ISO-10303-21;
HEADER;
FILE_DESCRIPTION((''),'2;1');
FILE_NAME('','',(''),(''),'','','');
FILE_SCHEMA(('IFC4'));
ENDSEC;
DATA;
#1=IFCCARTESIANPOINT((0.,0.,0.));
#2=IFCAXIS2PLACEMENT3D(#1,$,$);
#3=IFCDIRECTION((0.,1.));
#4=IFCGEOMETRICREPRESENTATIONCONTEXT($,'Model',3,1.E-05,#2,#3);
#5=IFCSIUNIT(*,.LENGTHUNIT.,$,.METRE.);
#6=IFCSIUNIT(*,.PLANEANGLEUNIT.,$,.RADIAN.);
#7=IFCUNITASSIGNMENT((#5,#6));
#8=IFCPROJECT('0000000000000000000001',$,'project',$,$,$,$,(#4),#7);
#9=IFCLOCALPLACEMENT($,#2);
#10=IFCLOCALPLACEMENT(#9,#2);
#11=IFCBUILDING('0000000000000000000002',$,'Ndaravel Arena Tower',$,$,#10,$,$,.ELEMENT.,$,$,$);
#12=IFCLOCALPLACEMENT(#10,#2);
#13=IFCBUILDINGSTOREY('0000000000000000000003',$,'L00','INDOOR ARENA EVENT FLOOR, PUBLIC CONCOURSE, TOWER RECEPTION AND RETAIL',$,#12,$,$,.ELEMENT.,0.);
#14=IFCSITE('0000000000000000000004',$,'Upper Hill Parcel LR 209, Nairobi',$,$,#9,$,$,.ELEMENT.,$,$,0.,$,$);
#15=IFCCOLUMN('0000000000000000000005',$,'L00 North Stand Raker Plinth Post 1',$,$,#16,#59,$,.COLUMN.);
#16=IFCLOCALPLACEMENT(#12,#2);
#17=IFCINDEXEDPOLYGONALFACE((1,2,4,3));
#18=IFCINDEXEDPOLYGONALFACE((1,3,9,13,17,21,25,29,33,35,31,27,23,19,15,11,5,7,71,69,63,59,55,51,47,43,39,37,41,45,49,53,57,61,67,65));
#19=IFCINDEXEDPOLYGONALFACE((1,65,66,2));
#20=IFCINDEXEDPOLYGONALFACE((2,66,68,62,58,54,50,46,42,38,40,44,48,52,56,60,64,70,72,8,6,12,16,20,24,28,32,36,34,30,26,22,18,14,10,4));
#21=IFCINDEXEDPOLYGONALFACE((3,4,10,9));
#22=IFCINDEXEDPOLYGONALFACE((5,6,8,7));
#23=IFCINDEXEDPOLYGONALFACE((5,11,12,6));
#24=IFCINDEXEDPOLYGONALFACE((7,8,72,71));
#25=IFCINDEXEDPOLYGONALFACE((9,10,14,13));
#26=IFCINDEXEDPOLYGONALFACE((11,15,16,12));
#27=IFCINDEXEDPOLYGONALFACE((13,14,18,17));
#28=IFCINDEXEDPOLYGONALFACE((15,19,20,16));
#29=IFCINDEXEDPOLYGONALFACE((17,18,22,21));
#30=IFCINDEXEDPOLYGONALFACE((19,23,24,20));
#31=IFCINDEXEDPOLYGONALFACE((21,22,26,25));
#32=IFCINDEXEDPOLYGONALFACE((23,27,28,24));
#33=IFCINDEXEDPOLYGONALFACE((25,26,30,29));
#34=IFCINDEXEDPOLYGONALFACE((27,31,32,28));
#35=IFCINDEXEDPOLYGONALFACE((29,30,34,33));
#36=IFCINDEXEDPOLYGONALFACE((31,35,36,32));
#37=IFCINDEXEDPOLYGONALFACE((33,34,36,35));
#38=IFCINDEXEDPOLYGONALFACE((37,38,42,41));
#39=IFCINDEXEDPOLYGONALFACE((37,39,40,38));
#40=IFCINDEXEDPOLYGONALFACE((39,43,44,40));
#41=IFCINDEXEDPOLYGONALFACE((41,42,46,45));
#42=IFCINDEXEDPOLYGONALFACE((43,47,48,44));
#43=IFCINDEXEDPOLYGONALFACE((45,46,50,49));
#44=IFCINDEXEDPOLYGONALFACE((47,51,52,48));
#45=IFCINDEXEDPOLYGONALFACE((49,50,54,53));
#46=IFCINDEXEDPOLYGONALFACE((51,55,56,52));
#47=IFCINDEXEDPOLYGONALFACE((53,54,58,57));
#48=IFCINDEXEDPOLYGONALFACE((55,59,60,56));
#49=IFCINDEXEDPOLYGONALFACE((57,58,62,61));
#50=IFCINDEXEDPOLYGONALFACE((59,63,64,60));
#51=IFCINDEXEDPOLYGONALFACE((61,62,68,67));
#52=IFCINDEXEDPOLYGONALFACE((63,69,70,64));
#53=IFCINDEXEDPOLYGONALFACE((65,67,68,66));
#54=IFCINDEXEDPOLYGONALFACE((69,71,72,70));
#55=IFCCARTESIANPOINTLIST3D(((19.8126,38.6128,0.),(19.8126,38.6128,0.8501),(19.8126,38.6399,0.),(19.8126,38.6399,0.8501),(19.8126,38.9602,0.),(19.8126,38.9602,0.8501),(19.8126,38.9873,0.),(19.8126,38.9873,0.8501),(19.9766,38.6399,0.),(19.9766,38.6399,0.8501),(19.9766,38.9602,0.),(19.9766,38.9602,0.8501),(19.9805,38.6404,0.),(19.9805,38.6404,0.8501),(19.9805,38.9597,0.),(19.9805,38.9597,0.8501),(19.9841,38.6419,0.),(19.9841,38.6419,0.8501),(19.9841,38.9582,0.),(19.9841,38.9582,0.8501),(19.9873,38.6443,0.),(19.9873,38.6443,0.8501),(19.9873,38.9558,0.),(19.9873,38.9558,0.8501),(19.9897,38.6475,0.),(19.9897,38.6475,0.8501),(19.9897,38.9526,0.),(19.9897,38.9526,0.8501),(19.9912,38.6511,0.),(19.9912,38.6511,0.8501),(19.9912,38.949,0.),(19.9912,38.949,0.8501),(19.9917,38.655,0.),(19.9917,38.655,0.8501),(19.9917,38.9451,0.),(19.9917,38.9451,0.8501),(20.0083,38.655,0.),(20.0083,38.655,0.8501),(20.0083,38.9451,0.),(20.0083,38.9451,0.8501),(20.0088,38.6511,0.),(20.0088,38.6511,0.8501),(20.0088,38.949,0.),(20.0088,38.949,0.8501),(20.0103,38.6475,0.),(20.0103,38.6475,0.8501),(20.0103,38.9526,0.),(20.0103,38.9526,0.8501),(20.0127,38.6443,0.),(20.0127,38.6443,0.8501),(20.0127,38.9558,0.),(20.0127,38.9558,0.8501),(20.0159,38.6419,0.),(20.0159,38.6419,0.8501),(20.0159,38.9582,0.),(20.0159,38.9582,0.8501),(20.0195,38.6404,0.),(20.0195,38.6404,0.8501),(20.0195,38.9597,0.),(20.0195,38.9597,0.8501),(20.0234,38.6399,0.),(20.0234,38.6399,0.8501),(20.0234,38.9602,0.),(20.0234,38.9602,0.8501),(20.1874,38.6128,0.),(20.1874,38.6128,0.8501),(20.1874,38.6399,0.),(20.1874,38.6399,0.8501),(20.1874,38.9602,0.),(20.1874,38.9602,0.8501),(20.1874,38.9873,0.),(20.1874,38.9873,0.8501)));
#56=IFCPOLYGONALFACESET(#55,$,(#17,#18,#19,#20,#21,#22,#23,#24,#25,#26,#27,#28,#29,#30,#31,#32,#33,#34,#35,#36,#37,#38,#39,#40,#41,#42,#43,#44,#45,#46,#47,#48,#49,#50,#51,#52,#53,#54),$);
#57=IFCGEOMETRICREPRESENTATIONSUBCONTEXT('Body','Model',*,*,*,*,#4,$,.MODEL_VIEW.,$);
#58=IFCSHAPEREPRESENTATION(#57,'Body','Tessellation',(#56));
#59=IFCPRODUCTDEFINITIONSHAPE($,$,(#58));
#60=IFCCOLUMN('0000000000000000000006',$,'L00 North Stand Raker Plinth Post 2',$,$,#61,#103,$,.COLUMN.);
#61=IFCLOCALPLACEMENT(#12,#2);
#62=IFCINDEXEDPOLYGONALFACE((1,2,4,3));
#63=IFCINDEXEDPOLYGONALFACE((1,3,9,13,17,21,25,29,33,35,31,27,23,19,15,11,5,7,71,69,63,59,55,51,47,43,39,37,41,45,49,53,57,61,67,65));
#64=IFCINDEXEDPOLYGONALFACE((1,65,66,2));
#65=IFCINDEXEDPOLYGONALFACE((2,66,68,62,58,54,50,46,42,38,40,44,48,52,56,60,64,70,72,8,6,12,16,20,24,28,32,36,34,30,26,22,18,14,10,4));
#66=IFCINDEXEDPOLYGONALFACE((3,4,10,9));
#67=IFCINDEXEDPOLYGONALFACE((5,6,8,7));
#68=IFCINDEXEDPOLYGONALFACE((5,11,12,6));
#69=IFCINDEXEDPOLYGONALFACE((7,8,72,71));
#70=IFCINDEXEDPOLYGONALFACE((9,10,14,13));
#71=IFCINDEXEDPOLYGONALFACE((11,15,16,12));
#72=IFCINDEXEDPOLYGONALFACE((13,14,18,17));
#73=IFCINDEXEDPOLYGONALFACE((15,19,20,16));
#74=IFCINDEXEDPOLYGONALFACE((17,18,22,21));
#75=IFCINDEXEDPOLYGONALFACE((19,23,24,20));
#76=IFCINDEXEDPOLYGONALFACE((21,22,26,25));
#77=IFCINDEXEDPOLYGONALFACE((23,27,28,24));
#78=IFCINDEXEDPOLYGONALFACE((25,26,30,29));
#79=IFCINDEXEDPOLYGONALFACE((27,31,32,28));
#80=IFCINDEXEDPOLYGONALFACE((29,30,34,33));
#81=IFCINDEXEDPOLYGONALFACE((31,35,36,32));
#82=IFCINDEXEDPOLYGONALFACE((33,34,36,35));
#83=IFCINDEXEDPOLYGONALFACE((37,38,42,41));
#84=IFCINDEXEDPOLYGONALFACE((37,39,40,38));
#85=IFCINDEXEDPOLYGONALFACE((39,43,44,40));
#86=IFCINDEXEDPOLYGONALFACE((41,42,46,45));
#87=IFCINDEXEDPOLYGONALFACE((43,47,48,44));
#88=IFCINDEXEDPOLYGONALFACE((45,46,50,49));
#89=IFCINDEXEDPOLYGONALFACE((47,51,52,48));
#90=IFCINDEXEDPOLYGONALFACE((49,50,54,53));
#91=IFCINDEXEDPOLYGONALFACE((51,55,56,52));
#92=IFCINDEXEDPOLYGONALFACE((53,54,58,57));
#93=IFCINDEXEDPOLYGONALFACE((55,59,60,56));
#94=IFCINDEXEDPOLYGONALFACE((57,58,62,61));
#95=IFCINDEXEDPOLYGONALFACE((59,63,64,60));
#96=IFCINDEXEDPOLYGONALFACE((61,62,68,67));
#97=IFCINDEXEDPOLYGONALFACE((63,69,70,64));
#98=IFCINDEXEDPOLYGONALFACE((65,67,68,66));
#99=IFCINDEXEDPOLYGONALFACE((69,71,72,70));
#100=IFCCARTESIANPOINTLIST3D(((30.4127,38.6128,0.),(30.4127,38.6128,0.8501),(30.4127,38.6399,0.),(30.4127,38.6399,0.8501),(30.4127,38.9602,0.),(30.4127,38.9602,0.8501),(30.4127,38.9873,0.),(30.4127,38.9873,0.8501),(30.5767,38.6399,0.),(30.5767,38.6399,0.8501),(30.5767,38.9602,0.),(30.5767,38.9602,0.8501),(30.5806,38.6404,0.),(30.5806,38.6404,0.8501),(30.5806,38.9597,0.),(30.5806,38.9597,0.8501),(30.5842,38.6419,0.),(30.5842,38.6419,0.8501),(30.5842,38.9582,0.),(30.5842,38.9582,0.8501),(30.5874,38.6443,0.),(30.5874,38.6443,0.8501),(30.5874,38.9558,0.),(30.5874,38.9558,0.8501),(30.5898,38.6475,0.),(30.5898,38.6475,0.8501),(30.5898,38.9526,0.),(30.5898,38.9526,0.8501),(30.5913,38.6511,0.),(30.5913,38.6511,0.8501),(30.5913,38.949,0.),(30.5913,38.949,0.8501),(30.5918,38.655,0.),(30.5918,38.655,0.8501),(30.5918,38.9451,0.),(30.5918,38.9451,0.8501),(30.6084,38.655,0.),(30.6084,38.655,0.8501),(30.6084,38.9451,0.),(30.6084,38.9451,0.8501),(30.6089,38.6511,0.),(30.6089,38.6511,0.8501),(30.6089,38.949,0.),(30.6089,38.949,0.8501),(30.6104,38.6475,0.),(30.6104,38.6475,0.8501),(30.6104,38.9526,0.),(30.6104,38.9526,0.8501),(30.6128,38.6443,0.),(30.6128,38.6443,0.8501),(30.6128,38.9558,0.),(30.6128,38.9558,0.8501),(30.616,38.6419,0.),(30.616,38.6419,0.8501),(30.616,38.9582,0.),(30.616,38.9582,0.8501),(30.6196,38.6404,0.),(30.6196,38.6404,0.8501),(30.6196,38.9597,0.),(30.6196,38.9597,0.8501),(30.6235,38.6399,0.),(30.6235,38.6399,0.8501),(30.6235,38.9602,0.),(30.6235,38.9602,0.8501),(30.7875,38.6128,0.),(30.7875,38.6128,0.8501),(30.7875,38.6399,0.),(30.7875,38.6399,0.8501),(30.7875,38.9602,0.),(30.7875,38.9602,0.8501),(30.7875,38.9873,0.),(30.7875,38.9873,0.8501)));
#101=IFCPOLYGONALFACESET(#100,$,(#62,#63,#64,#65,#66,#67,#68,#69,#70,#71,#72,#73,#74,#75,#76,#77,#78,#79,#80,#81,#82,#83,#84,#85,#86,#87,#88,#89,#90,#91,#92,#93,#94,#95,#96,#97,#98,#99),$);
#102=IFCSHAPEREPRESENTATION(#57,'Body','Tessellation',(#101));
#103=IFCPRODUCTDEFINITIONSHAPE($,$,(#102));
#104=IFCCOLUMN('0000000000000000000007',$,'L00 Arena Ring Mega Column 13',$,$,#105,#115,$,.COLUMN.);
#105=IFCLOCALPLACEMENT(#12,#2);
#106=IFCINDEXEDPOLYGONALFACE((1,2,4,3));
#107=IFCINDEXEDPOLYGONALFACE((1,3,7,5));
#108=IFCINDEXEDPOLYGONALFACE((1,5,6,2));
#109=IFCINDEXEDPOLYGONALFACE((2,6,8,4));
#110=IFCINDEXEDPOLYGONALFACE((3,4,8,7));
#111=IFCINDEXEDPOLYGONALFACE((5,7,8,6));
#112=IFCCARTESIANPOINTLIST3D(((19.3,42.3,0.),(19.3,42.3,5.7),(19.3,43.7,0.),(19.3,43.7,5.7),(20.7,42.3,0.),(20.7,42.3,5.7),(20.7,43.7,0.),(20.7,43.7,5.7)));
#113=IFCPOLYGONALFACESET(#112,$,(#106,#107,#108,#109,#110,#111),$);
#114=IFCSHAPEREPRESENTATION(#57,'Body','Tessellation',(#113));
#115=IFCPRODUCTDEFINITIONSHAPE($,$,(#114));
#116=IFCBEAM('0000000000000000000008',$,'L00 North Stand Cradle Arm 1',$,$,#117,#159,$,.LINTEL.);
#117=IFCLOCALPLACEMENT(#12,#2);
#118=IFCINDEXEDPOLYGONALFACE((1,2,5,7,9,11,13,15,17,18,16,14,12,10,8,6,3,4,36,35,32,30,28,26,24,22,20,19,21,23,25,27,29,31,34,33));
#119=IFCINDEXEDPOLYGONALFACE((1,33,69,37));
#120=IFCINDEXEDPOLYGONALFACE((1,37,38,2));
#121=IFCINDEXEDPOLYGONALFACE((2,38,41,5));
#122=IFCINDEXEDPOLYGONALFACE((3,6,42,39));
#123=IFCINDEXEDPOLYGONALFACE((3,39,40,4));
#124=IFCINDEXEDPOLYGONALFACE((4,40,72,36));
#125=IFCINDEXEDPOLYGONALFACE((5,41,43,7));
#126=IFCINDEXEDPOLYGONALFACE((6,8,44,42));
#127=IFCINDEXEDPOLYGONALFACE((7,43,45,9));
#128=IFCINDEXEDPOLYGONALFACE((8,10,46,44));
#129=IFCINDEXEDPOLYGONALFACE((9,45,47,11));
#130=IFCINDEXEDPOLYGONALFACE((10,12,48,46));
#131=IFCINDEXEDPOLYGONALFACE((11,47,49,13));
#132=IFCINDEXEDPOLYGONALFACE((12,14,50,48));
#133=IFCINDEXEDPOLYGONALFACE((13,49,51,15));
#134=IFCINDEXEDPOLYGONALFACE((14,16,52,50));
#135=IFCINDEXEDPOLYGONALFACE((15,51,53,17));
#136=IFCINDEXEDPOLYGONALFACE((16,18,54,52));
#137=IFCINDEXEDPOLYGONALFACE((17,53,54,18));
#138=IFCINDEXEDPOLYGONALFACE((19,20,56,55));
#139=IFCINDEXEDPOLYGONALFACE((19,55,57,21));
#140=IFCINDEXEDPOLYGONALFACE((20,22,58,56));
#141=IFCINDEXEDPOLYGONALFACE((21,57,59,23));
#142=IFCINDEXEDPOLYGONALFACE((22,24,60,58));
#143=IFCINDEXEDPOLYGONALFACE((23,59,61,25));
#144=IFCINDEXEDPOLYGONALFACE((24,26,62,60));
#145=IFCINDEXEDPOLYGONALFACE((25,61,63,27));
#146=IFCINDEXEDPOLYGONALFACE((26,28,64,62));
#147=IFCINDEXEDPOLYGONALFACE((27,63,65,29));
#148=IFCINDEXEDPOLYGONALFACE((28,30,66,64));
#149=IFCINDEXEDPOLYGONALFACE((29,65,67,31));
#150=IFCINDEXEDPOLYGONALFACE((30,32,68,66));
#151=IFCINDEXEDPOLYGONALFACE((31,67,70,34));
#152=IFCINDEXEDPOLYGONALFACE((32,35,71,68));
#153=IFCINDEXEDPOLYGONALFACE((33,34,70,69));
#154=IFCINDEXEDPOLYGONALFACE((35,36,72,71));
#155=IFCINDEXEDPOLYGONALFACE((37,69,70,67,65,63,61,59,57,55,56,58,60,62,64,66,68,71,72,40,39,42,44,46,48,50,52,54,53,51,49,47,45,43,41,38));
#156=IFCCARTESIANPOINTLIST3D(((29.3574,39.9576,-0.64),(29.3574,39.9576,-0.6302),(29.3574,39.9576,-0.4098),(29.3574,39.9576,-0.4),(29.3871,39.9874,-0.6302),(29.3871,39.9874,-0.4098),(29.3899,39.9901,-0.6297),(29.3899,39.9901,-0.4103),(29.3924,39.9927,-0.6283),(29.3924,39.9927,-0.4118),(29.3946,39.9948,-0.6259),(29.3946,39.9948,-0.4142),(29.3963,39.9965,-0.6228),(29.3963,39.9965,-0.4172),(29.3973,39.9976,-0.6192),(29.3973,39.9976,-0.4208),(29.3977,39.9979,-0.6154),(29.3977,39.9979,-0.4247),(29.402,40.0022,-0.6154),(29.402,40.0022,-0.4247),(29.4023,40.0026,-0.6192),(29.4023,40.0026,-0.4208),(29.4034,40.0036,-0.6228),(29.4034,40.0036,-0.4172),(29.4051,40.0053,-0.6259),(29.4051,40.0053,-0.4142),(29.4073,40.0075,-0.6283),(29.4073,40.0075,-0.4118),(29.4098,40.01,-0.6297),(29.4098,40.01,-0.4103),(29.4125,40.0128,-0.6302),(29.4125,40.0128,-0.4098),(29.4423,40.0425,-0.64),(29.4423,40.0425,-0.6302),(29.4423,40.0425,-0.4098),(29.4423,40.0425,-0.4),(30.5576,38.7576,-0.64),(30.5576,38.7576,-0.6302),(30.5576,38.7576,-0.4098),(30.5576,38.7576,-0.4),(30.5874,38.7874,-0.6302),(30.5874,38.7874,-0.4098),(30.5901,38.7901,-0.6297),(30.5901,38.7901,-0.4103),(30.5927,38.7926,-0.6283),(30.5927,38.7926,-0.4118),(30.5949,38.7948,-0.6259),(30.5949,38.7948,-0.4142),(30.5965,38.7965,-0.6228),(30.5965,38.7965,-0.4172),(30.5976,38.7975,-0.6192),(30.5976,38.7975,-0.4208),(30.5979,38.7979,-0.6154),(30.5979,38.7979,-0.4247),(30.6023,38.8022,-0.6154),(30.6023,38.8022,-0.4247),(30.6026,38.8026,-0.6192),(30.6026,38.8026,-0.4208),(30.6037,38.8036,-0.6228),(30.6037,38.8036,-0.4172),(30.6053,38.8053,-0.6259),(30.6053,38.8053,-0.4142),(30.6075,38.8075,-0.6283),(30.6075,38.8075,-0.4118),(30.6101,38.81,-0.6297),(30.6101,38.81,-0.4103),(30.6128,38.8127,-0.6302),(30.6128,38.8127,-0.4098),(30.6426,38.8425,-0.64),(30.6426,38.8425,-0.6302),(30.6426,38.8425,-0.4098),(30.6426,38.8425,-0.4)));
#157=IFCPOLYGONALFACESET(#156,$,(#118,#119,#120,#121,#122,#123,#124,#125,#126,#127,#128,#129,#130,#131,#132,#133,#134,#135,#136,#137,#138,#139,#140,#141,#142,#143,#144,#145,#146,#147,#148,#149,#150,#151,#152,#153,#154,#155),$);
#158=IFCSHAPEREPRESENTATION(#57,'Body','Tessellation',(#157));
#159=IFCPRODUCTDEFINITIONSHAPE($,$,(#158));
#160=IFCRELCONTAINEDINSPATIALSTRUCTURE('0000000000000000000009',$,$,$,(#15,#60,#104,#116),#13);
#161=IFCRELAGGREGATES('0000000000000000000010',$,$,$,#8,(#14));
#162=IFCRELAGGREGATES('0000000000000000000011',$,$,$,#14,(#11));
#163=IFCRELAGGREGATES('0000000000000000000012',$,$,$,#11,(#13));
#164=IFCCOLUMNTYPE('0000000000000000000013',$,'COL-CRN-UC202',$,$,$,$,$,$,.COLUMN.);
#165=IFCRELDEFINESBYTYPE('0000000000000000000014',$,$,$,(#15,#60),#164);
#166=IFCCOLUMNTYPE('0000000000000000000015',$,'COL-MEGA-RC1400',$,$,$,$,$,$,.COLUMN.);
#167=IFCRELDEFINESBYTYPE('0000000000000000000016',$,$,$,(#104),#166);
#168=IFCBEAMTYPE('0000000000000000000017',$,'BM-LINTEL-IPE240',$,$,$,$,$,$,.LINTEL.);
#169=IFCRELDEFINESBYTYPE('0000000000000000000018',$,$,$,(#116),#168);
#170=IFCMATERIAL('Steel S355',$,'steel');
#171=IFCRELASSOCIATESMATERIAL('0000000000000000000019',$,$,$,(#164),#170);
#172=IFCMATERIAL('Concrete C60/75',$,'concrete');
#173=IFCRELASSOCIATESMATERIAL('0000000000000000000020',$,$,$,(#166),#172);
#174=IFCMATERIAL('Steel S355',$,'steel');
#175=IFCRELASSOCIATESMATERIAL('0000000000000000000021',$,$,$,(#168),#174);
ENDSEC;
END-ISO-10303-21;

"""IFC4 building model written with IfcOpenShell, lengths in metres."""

from ifc_helpers import new_model, si_unit, direction, frame, origin, origin_2d, place, context, subcontext, project, spatial, rectangle, i_section, extrude, material, material_profile, profile_set, type_object, element, save


model = new_model("IFC4")

# Units and contexts
model_context = context("Model", 3, precision=1e-05, world=origin(), true_north=direction((0.0, 1.0)))
body_context = subcontext(model_context, "Body", "Model", "MODEL_VIEW")
ifc_project = project(units=[si_unit("LENGTHUNIT", "METRE"), si_unit("PLANEANGLEUNIT", "RADIAN")], contexts=[model_context])

# Site, building, storey
site_placement = place(None, origin())
site = spatial("IfcSite", under=ifc_project, at=site_placement, Name="Upper Hill Parcel LR 209, Nairobi", CompositionType="ELEMENT", RefElevation=0.0)
building_placement = place(site_placement, origin())
building = spatial("IfcBuilding", under=site, at=building_placement, Name="Ndaravel Arena Tower", CompositionType="ELEMENT")
storey_placement = place(building_placement, origin())
storey = spatial("IfcBuildingStorey", under=building, at=storey_placement, Name="L00", Description="INDOOR ARENA EVENT FLOOR, PUBLIC CONCOURSE, TOWER RECEPTION AND RETAIL", CompositionType="ELEMENT", Elevation=0.0)

# Columns
ifc_material_1 = material(Name="Steel S355", Category="steel")
ifc_material_profile_1 = material_profile(ifc_material_1, i_section(OverallWidth=0.3748, OverallDepth=0.3745, WebThickness=0.0166, FlangeThickness=0.0271, FilletRadius=0.0151, at=origin_2d()), Name="UC 356x368x202")
ifc_profile_set_1 = profile_set([ifc_material_profile_1], Name="Steel S355")
column_type_1 = type_object("IfcColumnType", Name="COL-CRN-UC202", PredefinedType="COLUMN", material=ifc_profile_set_1)
for number, where, z_axis, x_axis, name in (
    (1, (20.0, 38.8, 0.0), (0.0, 0.0, 1.0), (1.0, 0.0, 0.0), "L00 North Stand Raker Plinth Post 1"),
    (2, (30.6001, 38.8, 0.0), (0.0, 0.0, 1.0), (1.0, 0.0, 0.0), "L00 North Stand Raker Plinth Post 2"),
):
    element("IfcColumn", number, at=place(storey_placement, frame(where, z_axis=z_axis, x_axis=x_axis)), inside=storey, type_object=column_type_1, Name=name, PredefinedType="COLUMN", context=body_context, shape_type="SweptSolid", body=[
        extrude(i_section(OverallWidth=0.3748, OverallDepth=0.3745, WebThickness=0.0166, FlangeThickness=0.0271, FilletRadius=0.0151, at=origin_2d()), origin(), (0.0, 0.0, 1.0), 0.8501),
    ])
ifc_material_2 = material(Name="Concrete C60/75", Category="concrete")
ifc_material_profile_2 = material_profile(ifc_material_2, rectangle(XDim=1.3999, YDim=1.3999, at=origin_2d()), Name="RC 1400x1400")
ifc_profile_set_2 = profile_set([ifc_material_profile_2], Name="Concrete C60/75")
column_type_2 = type_object("IfcColumnType", Name="COL-MEGA-RC1400", PredefinedType="COLUMN", material=ifc_profile_set_2)
column_placement = place(storey_placement, frame((20.0, 43.0, 0.0), z_axis=(0.0, 0.0, 1.0), x_axis=(1.0, 0.0, 0.0)))
element("IfcColumn", 3, at=column_placement, inside=storey, type_object=column_type_2, Name="L00 Arena Ring Mega Column 13", PredefinedType="COLUMN", context=body_context, shape_type="SweptSolid", body=[
    extrude(rectangle(XDim=1.3999, YDim=1.3999, at=origin_2d()), origin(), (0.0, 0.0, 1.0), 5.7),
])

# Beam
ifc_material_3 = material(Name="Steel S355", Category="steel")
ifc_material_profile_3 = material_profile(ifc_material_3, i_section(OverallWidth=0.1201, OverallDepth=0.24, WebThickness=0.0061, FlangeThickness=0.0098, FilletRadius=0.0149, at=origin_2d()), Name="IPE 240")
ifc_profile_set_3 = profile_set([ifc_material_profile_3], Name="Steel S355")
beam_type_1 = type_object("IfcBeamType", Name="BM-LINTEL-IPE240", PredefinedType="LINTEL", material=ifc_profile_set_3)
beam_1_placement = place(storey_placement, frame((30.6001, 38.8, -0.52), z_axis=(-0.707179, 0.707035, 0.0), x_axis=(-0.707035, -0.707179, 0.0)))
element("IfcBeam", 4, at=beam_1_placement, inside=storey, type_object=beam_type_1, Name="L00 North Stand Cradle Arm 1", PredefinedType="LINTEL", context=body_context, shape_type="SweptSolid", body=[
    extrude(i_section(OverallWidth=0.1201, OverallDepth=0.24, WebThickness=0.0061, FlangeThickness=0.0098, FilletRadius=0.0149, at=origin_2d()), origin(), (0.0, 0.0, 1.0), 1.6973),
])

save(model, "model.ifc")
